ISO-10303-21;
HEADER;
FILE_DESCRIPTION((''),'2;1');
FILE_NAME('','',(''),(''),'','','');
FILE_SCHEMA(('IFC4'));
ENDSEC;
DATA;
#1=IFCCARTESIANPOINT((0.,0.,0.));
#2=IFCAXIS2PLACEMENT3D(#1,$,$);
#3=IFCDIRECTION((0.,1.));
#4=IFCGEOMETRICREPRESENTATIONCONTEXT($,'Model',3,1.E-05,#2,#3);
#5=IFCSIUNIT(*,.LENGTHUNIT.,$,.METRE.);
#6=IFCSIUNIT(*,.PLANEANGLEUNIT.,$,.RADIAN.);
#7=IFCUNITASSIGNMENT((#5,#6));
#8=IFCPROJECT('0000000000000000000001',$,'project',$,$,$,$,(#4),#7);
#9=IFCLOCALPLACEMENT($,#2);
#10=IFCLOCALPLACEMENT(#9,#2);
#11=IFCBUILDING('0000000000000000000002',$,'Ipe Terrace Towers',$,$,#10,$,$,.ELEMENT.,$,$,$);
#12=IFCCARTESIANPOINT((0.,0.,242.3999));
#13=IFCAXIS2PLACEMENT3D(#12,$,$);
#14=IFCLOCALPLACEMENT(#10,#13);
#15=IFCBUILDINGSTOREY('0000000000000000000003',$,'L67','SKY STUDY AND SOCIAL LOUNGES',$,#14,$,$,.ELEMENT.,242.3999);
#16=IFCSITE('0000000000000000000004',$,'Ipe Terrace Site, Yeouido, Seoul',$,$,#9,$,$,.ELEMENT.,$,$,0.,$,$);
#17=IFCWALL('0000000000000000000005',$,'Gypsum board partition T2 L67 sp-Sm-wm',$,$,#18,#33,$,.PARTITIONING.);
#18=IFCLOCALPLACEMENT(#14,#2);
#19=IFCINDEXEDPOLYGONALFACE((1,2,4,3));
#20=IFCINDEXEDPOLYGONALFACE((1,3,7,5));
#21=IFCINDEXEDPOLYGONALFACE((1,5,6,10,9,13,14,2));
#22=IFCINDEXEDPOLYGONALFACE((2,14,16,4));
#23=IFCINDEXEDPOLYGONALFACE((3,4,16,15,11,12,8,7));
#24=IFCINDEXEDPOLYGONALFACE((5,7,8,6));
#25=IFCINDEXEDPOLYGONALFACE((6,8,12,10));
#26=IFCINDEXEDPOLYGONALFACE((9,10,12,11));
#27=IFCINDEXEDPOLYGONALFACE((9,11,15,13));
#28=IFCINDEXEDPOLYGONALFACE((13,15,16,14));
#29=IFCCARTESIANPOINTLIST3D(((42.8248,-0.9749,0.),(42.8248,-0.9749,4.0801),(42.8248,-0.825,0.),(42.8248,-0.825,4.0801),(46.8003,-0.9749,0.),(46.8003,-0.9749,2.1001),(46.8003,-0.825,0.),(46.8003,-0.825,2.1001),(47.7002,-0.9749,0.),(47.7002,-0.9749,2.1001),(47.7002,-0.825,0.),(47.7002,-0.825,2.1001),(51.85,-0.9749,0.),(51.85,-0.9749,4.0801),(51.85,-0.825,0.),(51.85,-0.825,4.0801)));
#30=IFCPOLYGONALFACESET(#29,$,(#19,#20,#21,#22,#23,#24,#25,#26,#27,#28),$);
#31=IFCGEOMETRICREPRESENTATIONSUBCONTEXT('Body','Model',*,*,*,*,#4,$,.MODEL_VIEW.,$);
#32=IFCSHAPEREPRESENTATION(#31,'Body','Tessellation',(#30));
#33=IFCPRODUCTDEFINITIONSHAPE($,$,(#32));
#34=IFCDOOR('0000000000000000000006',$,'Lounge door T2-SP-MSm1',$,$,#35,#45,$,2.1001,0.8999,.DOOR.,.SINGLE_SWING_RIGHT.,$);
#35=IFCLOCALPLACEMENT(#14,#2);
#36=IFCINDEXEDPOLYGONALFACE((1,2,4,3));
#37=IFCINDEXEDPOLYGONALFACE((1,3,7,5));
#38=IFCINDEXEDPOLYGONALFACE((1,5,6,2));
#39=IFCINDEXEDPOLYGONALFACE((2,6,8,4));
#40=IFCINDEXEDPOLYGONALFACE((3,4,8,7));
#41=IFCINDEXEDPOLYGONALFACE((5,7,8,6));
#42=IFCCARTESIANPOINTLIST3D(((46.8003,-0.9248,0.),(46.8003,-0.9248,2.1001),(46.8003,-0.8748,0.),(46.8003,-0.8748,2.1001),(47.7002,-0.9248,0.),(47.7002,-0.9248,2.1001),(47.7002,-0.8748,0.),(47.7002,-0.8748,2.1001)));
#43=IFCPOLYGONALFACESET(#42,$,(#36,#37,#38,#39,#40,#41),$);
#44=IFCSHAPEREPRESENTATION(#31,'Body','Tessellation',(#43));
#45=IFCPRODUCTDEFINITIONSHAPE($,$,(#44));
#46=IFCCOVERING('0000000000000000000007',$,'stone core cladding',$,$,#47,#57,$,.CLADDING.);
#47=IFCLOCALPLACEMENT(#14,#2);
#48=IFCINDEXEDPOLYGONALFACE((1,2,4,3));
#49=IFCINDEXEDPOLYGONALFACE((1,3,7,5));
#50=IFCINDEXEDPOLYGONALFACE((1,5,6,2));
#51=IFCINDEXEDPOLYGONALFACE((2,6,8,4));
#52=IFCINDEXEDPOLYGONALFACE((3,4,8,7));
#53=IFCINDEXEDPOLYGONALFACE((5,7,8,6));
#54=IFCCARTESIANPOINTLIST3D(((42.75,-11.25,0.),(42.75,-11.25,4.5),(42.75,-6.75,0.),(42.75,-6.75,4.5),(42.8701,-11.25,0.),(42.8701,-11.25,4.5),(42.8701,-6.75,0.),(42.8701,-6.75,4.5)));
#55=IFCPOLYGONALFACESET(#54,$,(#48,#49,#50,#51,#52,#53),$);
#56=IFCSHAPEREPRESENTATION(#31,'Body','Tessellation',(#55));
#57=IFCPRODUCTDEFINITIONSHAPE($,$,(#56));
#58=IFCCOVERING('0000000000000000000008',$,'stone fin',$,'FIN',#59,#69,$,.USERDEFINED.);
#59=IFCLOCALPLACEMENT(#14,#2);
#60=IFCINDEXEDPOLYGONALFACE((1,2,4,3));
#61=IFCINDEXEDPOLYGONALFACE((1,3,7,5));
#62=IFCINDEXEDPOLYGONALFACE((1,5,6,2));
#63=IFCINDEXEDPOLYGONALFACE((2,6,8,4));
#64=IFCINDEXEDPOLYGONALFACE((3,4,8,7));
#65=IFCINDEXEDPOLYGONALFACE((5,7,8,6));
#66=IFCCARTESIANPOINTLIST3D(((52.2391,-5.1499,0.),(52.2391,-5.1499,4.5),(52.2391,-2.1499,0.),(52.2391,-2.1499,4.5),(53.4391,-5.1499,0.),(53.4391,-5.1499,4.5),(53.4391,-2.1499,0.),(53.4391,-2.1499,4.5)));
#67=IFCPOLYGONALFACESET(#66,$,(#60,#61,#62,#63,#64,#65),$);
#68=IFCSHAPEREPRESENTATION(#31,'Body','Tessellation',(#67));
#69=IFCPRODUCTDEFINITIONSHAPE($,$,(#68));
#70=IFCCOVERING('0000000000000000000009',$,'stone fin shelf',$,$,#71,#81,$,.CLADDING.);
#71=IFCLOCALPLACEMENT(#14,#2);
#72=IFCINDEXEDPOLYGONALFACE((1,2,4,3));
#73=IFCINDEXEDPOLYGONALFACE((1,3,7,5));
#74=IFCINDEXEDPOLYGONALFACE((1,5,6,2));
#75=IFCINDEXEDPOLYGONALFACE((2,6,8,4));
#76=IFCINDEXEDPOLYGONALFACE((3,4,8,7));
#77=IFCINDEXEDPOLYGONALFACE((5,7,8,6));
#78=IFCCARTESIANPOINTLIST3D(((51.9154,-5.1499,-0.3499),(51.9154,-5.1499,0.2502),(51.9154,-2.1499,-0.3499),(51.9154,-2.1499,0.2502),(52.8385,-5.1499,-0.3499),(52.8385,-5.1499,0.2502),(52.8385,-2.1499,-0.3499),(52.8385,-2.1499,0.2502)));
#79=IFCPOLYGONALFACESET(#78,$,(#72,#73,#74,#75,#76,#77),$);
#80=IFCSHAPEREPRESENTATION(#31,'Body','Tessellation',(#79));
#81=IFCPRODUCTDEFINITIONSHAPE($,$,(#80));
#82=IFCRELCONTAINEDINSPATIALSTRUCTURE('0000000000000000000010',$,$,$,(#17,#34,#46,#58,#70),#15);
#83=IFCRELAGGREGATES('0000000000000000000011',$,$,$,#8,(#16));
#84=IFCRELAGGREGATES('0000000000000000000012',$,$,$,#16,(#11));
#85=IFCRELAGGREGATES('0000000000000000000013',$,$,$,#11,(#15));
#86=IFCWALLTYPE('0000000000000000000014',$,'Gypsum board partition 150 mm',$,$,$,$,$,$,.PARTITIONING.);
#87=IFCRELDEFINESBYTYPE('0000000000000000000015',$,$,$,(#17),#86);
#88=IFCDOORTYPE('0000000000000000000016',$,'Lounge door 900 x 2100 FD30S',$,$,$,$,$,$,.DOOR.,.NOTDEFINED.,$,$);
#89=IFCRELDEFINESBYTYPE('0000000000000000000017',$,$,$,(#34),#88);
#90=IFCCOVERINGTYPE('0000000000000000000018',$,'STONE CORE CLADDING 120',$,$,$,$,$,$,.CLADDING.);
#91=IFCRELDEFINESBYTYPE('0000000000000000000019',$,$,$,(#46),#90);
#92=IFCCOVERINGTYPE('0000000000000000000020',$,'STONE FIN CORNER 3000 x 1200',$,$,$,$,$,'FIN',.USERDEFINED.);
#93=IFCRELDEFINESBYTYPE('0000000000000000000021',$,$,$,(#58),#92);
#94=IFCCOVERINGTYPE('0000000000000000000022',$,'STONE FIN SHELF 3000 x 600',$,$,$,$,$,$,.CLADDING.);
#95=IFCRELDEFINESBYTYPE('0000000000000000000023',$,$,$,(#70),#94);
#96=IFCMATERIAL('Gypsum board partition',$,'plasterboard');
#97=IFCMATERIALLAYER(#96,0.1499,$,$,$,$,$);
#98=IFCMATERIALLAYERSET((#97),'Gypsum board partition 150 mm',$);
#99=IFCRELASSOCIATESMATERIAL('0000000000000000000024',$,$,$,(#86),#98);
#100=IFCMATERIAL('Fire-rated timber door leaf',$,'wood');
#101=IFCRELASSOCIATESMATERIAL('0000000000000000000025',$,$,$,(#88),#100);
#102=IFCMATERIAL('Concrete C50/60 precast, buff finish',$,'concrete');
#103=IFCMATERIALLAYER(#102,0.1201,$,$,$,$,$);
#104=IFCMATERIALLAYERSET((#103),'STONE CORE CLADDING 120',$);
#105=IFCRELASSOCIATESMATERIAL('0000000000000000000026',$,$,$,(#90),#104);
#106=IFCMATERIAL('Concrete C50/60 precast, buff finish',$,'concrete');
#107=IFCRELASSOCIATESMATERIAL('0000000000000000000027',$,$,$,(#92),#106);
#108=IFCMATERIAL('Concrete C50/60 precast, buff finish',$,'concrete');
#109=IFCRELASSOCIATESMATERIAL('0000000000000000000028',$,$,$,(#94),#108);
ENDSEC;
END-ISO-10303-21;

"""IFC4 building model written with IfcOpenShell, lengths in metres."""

from ifc_helpers import new_model, si_unit, direction, frame, frame_2d, origin, origin_2d, place, context, subcontext, project, spatial, rectangle, extrude, material, layer, layer_set, material_profile, profile_set, type_object, element, fill, save


model = new_model("IFC4")

# Units and contexts
model_context = context("Model", 3, precision=1e-05, world=origin(), true_north=direction((0.0, 1.0)))
body_context = subcontext(model_context, "Body", "Model", "MODEL_VIEW")
ifc_project = project(units=[si_unit("LENGTHUNIT", "METRE"), si_unit("PLANEANGLEUNIT", "RADIAN")], contexts=[model_context])

# Site, building, storey
site_placement = place(None, origin())
site = spatial("IfcSite", under=ifc_project, at=site_placement, Name="Ipe Terrace Site, Yeouido, Seoul", CompositionType="ELEMENT", RefElevation=0.0)
building_placement = place(site_placement, origin())
building = spatial("IfcBuilding", under=site, at=building_placement, Name="Ipe Terrace Towers", CompositionType="ELEMENT")
storey_placement = place(building_placement, frame((0.0, 0.0, 242.3999)))
storey = spatial("IfcBuildingStorey", under=building, at=storey_placement, Name="L67", Description="SKY STUDY AND SOCIAL LOUNGES", CompositionType="ELEMENT", Elevation=242.3999)

# Wall, opening, door
ifc_material_1 = material(Name="Gypsum board partition", Category="plasterboard")
ifc_layer_1 = layer(ifc_material_1, 0.1499)
ifc_layer_set_1 = layer_set([ifc_layer_1], Name="Gypsum board partition 150 mm")
wall_type_1 = type_object("IfcWallType", Name="Gypsum board partition 150 mm", PredefinedType="PARTITIONING", material=ifc_layer_set_1)
wall_1_placement = place(storey_placement, frame((51.8501, -0.8999, 0.0), z_axis=(0.0, 0.0, 1.0), x_axis=(-1.0, 0.0, 0.0)))
wall_1 = element("IfcWall", 1, at=wall_1_placement, inside=storey, type_object=wall_type_1, Name="Gypsum board partition T2 L67 sp-Sm-wm", PredefinedType="PARTITIONING", context=body_context, shape_type="SweptSolid", body=[
    extrude(rectangle(XDim=9.0251, YDim=0.1499, at=frame_2d((4.5127, 0.0))), origin(), (0.0, 0.0, 1.0), 4.0801),
])
opening_1_placement = place(wall_1_placement, frame((4.1499, 0.0, 0.0)))
opening_1 = element("IfcOpeningElement", 2, at=opening_1_placement, cuts=wall_1, PredefinedType="OPENING", context=body_context, shape_type="SweptSolid", body=[
    extrude(rectangle(XDim=0.8999, YDim=2.1001, at=frame_2d((0.45, 1.05))), frame((0.0, 0.085, 0.0), z_axis=(0.0, -1.0, 0.0), x_axis=(1.0, 0.0, 0.0)), (0.0, 0.0, 1.0), 0.1699),
])
ifc_material_2 = material(Name="Fire-rated timber door leaf", Category="wood")
door_type_1 = type_object("IfcDoorType", Name="Lounge door 900 x 2100 FD30S", OperationType="NOTDEFINED", PredefinedType="DOOR", material=ifc_material_2)
door_1_placement = place(opening_1_placement, origin())
door_1 = element("IfcDoor", 3, at=door_1_placement, inside=storey, type_object=door_type_1, Name="Lounge door T2-SP-MSm1", OperationType="SINGLE_SWING_RIGHT", OverallHeight=2.1001, OverallWidth=0.8999, PredefinedType="DOOR", context=body_context, shape_type="SweptSolid", body=[
    extrude(rectangle(XDim=0.8999, YDim=2.1001, at=frame_2d((0.45, 1.05))), frame((0.0, 0.0249, 0.0), z_axis=(0.0, -1.0, 0.0), x_axis=(1.0, 0.0, 0.0)), (0.0, 0.0, 1.0), 0.05),
])
fill(opening_1, door_1)

# Coverings
ifc_material_3 = material(Name="Concrete C50/60 precast, buff finish", Category="concrete")
ifc_layer_2 = layer(ifc_material_3, 0.1201)
ifc_layer_set_2 = layer_set([ifc_layer_2], Name="STONE CORE CLADDING 120")
covering_type_1 = type_object("IfcCoveringType", Name="STONE CORE CLADDING 120", PredefinedType="CLADDING", material=ifc_layer_set_2)
covering_1_placement = place(storey_placement, frame((42.8101, -9.0, 0.0), z_axis=(0.0, 0.0, 1.0), x_axis=(0.0, 1.0, 0.0)))
element("IfcCovering", 4, at=covering_1_placement, inside=storey, type_object=covering_type_1, Name="stone core cladding", PredefinedType="CLADDING", context=body_context, shape_type="SweptSolid", body=[
    extrude(rectangle(XDim=4.5, YDim=0.1201, at=origin_2d()), origin(), (0.0, 0.0, 1.0), 4.5),
])
ifc_material_4 = material(Name="Concrete C50/60 precast, buff finish", Category="concrete")
ifc_material_profile_1 = material_profile(ifc_material_4, rectangle(XDim=3.0, YDim=1.2, at=origin_2d()), Name="STONE FIN CORNER 3000 x 1200")
ifc_profile_set_1 = profile_set([ifc_material_profile_1], Name="Concrete C50/60 precast, buff finish")
covering_type_2 = type_object("IfcCoveringType", Name="STONE FIN CORNER 3000 x 1200", ElementType="FIN", PredefinedType="USERDEFINED", material=ifc_profile_set_1)
covering_2_placement = place(storey_placement, frame((52.8391, -3.6499, 0.0), z_axis=(0.0, 0.0, 1.0), x_axis=(0.0, 1.0, 0.0)))
element("IfcCovering", 5, at=covering_2_placement, inside=storey, type_object=covering_type_2, Name="stone fin", ObjectType="FIN", PredefinedType="USERDEFINED", context=body_context, shape_type="SweptSolid", body=[
    extrude(rectangle(XDim=3.0, YDim=1.2, at=origin_2d()), origin(), (0.0, 0.0, 1.0), 4.5),
])
ifc_material_5 = material(Name="Concrete C50/60 precast, buff finish", Category="concrete")
covering_type_3 = type_object("IfcCoveringType", Name="STONE FIN SHELF 3000 x 600", PredefinedType="CLADDING", material=ifc_material_5)
covering_3_placement = place(storey_placement, frame((52.377, -3.6499, -0.3499), z_axis=(0.0, 0.0, 1.0), x_axis=(0.0, 1.0, 0.0)))
element("IfcCovering", 6, at=covering_3_placement, inside=storey, type_object=covering_type_3, Name="stone fin shelf", PredefinedType="CLADDING", context=body_context, shape_type="SweptSolid", body=[
    extrude(rectangle(XDim=3.0, YDim=0.9231, at=origin_2d()), origin(), (0.0, 0.0, 1.0), 0.6001),
])

save(model, "model.ifc")
